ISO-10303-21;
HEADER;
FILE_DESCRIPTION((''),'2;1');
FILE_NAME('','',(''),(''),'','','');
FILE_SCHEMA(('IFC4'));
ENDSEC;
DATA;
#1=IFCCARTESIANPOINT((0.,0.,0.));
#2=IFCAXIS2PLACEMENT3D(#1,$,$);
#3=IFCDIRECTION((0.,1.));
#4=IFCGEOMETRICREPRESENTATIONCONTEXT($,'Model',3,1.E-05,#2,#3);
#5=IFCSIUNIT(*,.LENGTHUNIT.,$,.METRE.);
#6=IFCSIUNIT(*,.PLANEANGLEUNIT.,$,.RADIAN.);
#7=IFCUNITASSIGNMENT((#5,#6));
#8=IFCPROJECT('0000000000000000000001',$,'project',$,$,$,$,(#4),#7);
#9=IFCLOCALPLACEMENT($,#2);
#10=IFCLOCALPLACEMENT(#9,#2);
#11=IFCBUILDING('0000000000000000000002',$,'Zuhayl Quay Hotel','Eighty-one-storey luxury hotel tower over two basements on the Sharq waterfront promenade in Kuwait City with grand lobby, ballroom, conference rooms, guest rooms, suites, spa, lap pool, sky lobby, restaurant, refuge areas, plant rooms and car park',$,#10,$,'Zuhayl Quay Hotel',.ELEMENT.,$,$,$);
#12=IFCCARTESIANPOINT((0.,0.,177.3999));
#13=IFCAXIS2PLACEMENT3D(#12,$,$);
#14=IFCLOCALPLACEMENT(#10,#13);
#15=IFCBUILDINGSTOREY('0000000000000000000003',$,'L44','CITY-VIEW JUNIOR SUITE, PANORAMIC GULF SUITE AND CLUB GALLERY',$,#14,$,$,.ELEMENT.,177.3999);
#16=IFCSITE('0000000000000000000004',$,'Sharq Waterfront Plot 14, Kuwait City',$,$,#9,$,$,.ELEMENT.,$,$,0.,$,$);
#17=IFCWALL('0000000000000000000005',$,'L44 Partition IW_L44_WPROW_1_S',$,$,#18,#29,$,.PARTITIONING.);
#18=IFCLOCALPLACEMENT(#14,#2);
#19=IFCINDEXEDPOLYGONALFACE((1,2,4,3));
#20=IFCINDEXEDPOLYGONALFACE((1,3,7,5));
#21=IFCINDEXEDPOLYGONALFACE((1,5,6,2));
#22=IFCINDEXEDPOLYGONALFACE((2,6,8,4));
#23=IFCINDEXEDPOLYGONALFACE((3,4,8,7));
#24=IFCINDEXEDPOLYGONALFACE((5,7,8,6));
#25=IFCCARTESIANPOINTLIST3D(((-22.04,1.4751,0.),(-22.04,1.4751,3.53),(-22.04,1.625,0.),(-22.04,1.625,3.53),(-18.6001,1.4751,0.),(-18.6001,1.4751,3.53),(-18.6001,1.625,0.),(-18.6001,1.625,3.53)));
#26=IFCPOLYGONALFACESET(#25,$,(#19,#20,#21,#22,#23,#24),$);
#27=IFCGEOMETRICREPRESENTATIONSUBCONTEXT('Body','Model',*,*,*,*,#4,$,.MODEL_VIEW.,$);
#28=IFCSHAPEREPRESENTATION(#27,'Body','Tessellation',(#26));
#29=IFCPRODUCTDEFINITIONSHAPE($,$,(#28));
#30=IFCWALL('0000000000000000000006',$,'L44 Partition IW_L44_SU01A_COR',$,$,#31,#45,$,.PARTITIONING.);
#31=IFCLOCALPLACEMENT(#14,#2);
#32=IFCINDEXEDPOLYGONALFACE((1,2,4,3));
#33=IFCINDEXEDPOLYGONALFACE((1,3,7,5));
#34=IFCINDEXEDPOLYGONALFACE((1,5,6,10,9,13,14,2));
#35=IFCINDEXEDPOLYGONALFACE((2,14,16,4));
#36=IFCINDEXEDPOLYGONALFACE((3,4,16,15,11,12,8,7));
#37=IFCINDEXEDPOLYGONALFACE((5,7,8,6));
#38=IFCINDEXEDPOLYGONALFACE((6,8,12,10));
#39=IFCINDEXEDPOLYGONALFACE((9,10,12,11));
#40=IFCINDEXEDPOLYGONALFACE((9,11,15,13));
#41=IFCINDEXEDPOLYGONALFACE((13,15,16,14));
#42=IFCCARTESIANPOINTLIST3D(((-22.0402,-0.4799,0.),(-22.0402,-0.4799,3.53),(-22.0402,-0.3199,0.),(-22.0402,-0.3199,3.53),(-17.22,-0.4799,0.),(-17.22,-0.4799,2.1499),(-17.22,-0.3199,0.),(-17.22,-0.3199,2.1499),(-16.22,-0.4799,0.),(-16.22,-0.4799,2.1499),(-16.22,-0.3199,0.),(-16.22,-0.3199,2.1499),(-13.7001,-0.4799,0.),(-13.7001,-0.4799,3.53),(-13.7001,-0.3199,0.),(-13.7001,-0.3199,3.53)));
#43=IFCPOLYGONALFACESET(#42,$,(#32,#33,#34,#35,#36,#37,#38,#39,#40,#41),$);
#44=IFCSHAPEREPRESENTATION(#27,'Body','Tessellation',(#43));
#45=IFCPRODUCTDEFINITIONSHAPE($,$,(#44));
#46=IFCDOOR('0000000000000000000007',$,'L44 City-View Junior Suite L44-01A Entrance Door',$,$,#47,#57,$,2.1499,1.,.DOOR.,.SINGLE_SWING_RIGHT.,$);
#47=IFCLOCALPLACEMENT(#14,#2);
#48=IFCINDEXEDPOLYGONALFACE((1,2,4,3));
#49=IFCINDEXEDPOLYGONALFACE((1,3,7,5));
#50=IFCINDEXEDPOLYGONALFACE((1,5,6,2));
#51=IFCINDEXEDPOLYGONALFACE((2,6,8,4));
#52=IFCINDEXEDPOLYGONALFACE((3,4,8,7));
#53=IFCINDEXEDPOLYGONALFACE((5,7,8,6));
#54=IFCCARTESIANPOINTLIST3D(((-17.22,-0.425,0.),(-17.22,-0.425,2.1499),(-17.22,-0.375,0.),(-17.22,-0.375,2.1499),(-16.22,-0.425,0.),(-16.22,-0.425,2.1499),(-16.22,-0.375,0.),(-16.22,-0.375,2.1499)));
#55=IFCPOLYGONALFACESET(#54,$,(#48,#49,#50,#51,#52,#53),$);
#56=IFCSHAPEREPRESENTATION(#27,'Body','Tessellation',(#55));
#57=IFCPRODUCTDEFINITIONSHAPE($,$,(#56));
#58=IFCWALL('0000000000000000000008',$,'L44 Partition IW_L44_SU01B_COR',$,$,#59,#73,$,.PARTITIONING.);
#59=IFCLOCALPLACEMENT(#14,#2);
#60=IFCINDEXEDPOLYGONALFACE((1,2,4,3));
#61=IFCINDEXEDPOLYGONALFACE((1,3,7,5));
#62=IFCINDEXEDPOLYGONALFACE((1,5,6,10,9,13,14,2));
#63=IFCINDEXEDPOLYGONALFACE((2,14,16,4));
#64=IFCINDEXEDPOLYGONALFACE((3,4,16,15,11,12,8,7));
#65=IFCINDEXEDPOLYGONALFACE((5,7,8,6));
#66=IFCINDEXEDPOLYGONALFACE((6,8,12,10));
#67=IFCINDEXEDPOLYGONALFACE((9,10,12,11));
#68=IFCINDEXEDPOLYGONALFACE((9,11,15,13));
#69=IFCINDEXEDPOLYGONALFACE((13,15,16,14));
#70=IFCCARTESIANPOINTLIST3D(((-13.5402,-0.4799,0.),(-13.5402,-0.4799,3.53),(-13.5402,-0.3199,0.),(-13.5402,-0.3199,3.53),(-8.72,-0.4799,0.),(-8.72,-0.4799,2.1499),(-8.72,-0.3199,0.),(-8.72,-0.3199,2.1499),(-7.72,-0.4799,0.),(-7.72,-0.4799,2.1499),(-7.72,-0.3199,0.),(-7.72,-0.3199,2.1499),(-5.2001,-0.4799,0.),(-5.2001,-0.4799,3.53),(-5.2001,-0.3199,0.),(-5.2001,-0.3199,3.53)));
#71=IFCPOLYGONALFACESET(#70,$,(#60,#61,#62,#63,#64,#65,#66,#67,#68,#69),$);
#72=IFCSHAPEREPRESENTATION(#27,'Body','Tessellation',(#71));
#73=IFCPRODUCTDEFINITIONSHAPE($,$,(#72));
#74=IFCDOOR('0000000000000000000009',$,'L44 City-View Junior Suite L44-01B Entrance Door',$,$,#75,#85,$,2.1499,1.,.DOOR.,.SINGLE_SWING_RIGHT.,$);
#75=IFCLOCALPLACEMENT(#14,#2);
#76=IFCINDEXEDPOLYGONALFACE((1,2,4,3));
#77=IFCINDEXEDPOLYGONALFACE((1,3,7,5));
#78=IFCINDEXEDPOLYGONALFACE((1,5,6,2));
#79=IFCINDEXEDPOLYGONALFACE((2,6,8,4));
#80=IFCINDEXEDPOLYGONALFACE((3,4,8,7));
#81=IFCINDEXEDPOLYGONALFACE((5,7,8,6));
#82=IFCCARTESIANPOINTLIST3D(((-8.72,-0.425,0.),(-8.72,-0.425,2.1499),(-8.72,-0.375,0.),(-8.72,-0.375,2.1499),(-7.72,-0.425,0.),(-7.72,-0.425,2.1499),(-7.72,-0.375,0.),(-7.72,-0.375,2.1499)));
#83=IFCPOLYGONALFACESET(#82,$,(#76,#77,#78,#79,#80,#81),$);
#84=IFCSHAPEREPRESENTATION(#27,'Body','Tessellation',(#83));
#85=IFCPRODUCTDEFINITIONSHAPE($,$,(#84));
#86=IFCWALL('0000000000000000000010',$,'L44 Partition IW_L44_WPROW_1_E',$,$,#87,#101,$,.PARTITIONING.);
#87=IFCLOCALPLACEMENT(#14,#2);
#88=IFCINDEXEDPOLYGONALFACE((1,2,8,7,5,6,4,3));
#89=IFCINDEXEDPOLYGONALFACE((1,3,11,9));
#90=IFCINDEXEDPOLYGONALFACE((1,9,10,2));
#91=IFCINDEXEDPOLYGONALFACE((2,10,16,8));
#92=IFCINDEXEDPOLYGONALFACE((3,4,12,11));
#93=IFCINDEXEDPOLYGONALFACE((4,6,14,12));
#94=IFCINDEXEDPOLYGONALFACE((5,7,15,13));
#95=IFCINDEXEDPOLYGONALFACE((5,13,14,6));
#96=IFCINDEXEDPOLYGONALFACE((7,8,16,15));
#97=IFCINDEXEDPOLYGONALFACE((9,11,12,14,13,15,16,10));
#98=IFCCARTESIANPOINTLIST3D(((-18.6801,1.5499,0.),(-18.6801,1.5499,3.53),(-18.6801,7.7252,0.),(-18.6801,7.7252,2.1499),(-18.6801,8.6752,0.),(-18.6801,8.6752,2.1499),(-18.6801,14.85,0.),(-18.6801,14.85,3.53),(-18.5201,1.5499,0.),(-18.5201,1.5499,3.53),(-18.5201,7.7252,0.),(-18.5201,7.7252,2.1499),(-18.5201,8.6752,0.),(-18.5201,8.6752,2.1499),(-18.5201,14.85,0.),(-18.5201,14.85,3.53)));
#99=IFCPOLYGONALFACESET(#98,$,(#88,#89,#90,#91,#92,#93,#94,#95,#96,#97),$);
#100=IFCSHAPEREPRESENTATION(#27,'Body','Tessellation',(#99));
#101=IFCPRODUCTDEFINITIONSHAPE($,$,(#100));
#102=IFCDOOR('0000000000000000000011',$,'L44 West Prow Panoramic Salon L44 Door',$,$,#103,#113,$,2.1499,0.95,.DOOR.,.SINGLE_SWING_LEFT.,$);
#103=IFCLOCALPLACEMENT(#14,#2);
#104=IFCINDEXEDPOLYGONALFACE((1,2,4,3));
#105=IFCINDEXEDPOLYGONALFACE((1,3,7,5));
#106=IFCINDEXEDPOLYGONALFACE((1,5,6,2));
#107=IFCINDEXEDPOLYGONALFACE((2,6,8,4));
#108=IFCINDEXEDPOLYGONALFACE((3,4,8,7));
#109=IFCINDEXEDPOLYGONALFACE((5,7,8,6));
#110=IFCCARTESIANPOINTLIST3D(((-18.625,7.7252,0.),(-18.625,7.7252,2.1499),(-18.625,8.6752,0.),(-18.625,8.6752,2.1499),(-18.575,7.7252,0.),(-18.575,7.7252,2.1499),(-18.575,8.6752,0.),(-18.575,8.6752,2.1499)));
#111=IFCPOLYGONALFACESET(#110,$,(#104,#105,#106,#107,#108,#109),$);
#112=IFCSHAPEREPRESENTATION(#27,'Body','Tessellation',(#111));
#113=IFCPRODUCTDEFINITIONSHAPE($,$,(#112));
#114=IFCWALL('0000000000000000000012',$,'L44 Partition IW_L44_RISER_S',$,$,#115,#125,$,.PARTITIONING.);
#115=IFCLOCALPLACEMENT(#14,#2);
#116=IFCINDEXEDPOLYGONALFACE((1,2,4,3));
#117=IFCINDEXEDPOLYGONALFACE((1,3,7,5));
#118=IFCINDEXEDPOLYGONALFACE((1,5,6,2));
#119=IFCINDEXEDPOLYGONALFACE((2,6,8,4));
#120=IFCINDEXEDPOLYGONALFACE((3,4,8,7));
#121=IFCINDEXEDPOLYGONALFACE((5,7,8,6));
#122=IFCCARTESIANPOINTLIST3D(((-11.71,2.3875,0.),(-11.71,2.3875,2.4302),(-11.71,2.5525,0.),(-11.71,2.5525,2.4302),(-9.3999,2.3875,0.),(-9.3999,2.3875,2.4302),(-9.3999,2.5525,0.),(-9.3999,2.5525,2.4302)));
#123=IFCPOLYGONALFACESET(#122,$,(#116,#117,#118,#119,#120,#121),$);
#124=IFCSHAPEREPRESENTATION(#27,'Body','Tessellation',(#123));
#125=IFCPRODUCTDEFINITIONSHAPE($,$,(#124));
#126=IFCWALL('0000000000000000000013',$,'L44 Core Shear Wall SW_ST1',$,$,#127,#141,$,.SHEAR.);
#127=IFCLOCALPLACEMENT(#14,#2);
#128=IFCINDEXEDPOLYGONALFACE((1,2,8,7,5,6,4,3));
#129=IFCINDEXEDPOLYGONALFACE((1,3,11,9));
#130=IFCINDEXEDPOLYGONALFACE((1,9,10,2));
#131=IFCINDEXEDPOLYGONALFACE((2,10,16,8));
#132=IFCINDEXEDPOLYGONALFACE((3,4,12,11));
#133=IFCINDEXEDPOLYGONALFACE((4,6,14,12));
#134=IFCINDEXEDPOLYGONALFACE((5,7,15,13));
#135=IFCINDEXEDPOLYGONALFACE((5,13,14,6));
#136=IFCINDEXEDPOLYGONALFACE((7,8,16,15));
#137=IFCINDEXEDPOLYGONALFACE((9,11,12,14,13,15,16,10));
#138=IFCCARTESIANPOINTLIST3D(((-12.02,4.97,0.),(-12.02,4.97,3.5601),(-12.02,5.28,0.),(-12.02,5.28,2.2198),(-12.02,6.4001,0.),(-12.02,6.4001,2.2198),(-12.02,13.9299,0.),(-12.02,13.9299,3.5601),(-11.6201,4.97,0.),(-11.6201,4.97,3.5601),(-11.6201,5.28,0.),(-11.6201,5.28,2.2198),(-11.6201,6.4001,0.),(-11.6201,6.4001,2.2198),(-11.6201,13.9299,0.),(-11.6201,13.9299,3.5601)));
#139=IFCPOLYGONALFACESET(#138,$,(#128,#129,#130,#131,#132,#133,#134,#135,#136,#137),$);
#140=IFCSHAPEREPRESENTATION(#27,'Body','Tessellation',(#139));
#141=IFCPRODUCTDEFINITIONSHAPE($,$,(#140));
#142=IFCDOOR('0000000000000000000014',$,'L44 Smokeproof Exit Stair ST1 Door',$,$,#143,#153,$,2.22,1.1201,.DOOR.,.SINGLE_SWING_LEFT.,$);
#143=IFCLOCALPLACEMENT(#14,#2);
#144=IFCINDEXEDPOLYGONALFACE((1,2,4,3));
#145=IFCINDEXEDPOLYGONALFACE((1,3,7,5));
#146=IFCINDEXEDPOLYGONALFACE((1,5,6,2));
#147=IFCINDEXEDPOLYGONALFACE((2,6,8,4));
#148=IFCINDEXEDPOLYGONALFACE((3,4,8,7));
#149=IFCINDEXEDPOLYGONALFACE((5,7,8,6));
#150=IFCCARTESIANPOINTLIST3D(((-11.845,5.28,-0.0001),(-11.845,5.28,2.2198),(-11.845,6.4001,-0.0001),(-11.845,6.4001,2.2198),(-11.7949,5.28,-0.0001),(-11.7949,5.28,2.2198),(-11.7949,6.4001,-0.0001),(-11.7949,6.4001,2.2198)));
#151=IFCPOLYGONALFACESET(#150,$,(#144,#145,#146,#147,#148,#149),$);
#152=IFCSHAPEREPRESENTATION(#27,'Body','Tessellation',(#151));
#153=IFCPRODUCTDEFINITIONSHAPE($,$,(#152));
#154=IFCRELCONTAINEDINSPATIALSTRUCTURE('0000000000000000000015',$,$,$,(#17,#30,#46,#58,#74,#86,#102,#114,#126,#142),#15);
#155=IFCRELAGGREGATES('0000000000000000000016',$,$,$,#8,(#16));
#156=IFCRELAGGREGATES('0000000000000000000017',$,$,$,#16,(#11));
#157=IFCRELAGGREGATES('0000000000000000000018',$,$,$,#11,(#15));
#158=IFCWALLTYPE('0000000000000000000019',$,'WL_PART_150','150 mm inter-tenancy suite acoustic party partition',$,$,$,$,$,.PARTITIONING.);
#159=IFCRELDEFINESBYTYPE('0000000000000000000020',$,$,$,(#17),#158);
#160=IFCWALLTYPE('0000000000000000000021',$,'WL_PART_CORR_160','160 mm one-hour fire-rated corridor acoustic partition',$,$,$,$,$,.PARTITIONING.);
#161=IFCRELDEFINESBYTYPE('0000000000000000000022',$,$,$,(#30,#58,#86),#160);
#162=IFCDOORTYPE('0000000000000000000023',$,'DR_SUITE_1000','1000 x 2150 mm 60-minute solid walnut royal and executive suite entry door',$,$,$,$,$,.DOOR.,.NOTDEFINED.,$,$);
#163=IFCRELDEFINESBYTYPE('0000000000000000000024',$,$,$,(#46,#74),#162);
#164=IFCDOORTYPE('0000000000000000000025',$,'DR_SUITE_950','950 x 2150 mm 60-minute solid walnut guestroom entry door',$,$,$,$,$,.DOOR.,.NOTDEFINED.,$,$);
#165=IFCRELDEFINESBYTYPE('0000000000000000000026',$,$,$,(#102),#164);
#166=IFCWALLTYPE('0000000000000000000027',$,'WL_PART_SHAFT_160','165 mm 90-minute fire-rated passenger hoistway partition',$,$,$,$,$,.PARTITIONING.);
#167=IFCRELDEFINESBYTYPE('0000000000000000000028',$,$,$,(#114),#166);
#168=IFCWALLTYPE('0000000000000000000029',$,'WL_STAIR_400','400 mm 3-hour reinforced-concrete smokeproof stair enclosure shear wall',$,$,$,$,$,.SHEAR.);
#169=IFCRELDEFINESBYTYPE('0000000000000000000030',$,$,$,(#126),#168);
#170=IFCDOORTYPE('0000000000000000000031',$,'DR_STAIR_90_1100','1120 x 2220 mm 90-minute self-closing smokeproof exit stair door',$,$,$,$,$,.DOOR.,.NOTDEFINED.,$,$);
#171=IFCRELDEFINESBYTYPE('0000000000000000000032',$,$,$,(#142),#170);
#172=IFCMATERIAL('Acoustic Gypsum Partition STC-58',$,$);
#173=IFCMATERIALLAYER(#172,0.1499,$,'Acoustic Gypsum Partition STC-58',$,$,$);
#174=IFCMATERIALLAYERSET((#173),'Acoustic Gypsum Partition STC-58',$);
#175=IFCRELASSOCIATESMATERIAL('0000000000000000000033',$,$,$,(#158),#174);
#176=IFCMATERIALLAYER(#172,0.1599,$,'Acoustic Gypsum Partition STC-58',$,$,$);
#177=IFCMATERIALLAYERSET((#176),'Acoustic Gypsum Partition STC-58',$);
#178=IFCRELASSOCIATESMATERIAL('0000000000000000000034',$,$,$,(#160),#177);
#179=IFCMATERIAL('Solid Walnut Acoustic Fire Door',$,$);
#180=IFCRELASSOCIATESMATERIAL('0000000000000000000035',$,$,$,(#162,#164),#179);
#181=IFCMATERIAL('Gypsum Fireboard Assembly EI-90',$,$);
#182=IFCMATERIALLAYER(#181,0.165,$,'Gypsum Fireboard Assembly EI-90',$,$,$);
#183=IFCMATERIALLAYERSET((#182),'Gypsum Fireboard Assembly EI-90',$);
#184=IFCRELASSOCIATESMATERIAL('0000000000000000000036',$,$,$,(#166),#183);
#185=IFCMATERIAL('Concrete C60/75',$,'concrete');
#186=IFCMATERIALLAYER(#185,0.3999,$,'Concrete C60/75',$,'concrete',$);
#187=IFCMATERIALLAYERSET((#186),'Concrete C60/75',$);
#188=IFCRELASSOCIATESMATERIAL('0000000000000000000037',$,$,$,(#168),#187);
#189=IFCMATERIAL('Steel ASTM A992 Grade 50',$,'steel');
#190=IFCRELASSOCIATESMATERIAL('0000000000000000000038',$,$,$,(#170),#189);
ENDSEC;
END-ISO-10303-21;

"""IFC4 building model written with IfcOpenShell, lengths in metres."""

from ifc_helpers import new_model, si_unit, direction, frame, frame_2d, origin, place, context, subcontext, project, spatial, rectangle, extrude, material, layer, layer_set, type_object, element, fill, save


model = new_model("IFC4")

# Units and contexts
model_context = context("Model", 3, precision=1e-05, world=origin(), true_north=direction((0.0, 1.0)))
body_context = subcontext(model_context, "Body", "Model", "MODEL_VIEW")
ifc_project = project(units=[si_unit("LENGTHUNIT", "METRE"), si_unit("PLANEANGLEUNIT", "RADIAN")], contexts=[model_context])

# Site, building, storey
site_placement = place(None, origin())
site = spatial("IfcSite", under=ifc_project, at=site_placement, Name="Sharq Waterfront Plot 14, Kuwait City", CompositionType="ELEMENT", RefElevation=0.0)
building_placement = place(site_placement, origin())
building = spatial("IfcBuilding", under=site, at=building_placement, Name="Zuhayl Quay Hotel", Description="Eighty-one-storey luxury hotel tower over two basements on the Sharq waterfront promenade in Kuwait City with grand lobby, ballroom, conference rooms, guest rooms, suites, spa, lap pool, sky lobby, restaurant, refuge areas, plant rooms and car park", LongName="Zuhayl Quay Hotel", CompositionType="ELEMENT")
storey_placement = place(building_placement, frame((0.0, 0.0, 177.3999)))
storey = spatial("IfcBuildingStorey", under=building, at=storey_placement, Name="L44", Description="CITY-VIEW JUNIOR SUITE, PANORAMIC GULF SUITE AND CLUB GALLERY", CompositionType="ELEMENT", Elevation=177.3999)

# Shared definitions
ifc_material_1 = material(Name="Concrete C60/75", Category="concrete")

# Shared definitions
ifc_material_2 = material(Name="Steel ASTM A992 Grade 50", Category="steel")

# Wall
ifc_material_3 = material(Name="Acoustic Gypsum Partition STC-58")
ifc_layer_1 = layer(ifc_material_3, 0.1499, Name="Acoustic Gypsum Partition STC-58")
ifc_layer_set_1 = layer_set([ifc_layer_1], Name="Acoustic Gypsum Partition STC-58")
wall_type_1 = type_object("IfcWallType", Name="WL_PART_150", Description="150 mm inter-tenancy suite acoustic party partition", PredefinedType="PARTITIONING", material=ifc_layer_set_1)
wall_1_placement = place(storey_placement, frame((-22.04, 1.55, 0.0), z_axis=(0.0, 0.0, 1.0), x_axis=(1.0, 0.0, 0.0)))
element("IfcWall", 1, at=wall_1_placement, inside=storey, type_object=wall_type_1, Name="L44 Partition IW_L44_WPROW_1_S", PredefinedType="PARTITIONING", context=body_context, shape_type="SweptSolid", body=[
    extrude(rectangle(XDim=3.4399, YDim=0.1499, at=frame_2d((1.72, 0.0))), origin(), (0.0, 0.0, 1.0), 3.53),
])

# Walls, openings, doors
ifc_layer_2 = layer(ifc_material_3, 0.1599, Name="Acoustic Gypsum Partition STC-58")
ifc_layer_set_2 = layer_set([ifc_layer_2], Name="Acoustic Gypsum Partition STC-58")
wall_type_2 = type_object("IfcWallType", Name="WL_PART_CORR_160", Description="160 mm one-hour fire-rated corridor acoustic partition", PredefinedType="PARTITIONING", material=ifc_layer_set_2)
wall_2_placement = place(storey_placement, frame((-22.04, -0.3999, 0.0), z_axis=(0.0, 0.0, 1.0), x_axis=(1.0, 0.0, 0.0)))
wall_2 = element("IfcWall", 2, at=wall_2_placement, inside=storey, type_object=wall_type_2, Name="L44 Partition IW_L44_SU01A_COR", PredefinedType="PARTITIONING", context=body_context, shape_type="SweptSolid", body=[
    extrude(rectangle(XDim=8.3401, YDim=0.1599, at=frame_2d((4.1699, 0.0))), origin(), (0.0, 0.0, 1.0), 3.53),
])
opening_1_placement = place(wall_2_placement, frame((4.8201, 0.0, 0.0)))
opening_1 = element("IfcOpeningElement", 3, at=opening_1_placement, cuts=wall_2, PredefinedType="OPENING", context=body_context, shape_type="SweptSolid", body=[
    extrude(rectangle(XDim=1.0, YDim=2.1499, at=frame_2d((0.5, 1.075))), frame((0.0, 0.0898, 0.0), z_axis=(0.0, -1.0, 0.0), x_axis=(1.0, 0.0, 0.0)), (0.0, 0.0, 1.0), 0.1799),
])
ifc_material_4 = material(Name="Solid Walnut Acoustic Fire Door")
door_type_1 = type_object("IfcDoorType", Name="DR_SUITE_1000", Description="1000 x 2150 mm 60-minute solid walnut royal and executive suite entry door", OperationType="NOTDEFINED", PredefinedType="DOOR", material=ifc_material_4)
door_1_placement = place(opening_1_placement, origin())
door_1 = element("IfcDoor", 4, at=door_1_placement, inside=storey, type_object=door_type_1, Name="L44 City-View Junior Suite L44-01A Entrance Door", OperationType="SINGLE_SWING_RIGHT", OverallHeight=2.1499, OverallWidth=1.0, PredefinedType="DOOR", context=body_context, shape_type="SweptSolid", body=[
    extrude(rectangle(XDim=1.0, YDim=2.1499, at=frame_2d((0.5, 1.075))), frame((0.0, 0.0249, 0.0), z_axis=(0.0, -1.0, 0.0), x_axis=(1.0, 0.0, 0.0)), (0.0, 0.0, 1.0), 0.05),
])
fill(opening_1, door_1)
wall_3_placement = place(storey_placement, frame((-13.54, -0.3999, 0.0), z_axis=(0.0, 0.0, 1.0), x_axis=(1.0, 0.0, 0.0)))
wall_3 = element("IfcWall", 5, at=wall_3_placement, inside=storey, type_object=wall_type_2, Name="L44 Partition IW_L44_SU01B_COR", PredefinedType="PARTITIONING", context=body_context, shape_type="SweptSolid", body=[
    extrude(rectangle(XDim=8.3401, YDim=0.1599, at=frame_2d((4.1699, 0.0))), origin(), (0.0, 0.0, 1.0), 3.53),
])
opening_2_placement = place(wall_3_placement, frame((4.8201, 0.0, 0.0)))
opening_2 = element("IfcOpeningElement", 6, at=opening_2_placement, cuts=wall_3, PredefinedType="OPENING", context=body_context, shape_type="SweptSolid", body=[
    extrude(rectangle(XDim=1.0, YDim=2.1499, at=frame_2d((0.5, 1.075))), frame((0.0, 0.0898, 0.0), z_axis=(0.0, -1.0, 0.0), x_axis=(1.0, 0.0, 0.0)), (0.0, 0.0, 1.0), 0.1799),
])
door_2_placement = place(opening_2_placement, origin())
door_2 = element("IfcDoor", 7, at=door_2_placement, inside=storey, type_object=door_type_1, Name="L44 City-View Junior Suite L44-01B Entrance Door", OperationType="SINGLE_SWING_RIGHT", OverallHeight=2.1499, OverallWidth=1.0, PredefinedType="DOOR", context=body_context, shape_type="SweptSolid", body=[
    extrude(rectangle(XDim=1.0, YDim=2.1499, at=frame_2d((0.5, 1.075))), frame((0.0, 0.0249, 0.0), z_axis=(0.0, -1.0, 0.0), x_axis=(1.0, 0.0, 0.0)), (0.0, 0.0, 1.0), 0.05),
])
fill(opening_2, door_2)
wall_4_placement = place(storey_placement, frame((-18.6001, 1.55, 0.0), z_axis=(0.0, 0.0, 1.0), x_axis=(0.0, 1.0, 0.0)))
wall_4 = element("IfcWall", 8, at=wall_4_placement, inside=storey, type_object=wall_type_2, Name="L44 Partition IW_L44_WPROW_1_E", PredefinedType="PARTITIONING", context=body_context, shape_type="SweptSolid", body=[
    extrude(rectangle(XDim=13.3, YDim=0.1599, at=frame_2d((6.6499, 0.0))), origin(), (0.0, 0.0, 1.0), 3.53),
])
opening_3_placement = place(wall_4_placement, frame((6.175, 0.0, 0.0)))
opening_3 = element("IfcOpeningElement", 9, at=opening_3_placement, cuts=wall_4, PredefinedType="OPENING", context=body_context, shape_type="SweptSolid", body=[
    extrude(rectangle(XDim=0.95, YDim=2.1499, at=frame_2d((0.4751, 1.075))), frame((0.0, 0.0898, 0.0), z_axis=(0.0, -1.0, 0.0), x_axis=(1.0, 0.0, 0.0)), (0.0, 0.0, 1.0), 0.1799),
])
door_type_2 = type_object("IfcDoorType", Name="DR_SUITE_950", Description="950 x 2150 mm 60-minute solid walnut guestroom entry door", OperationType="NOTDEFINED", PredefinedType="DOOR", material=ifc_material_4)
door_3_placement = place(opening_3_placement, origin())
door_3 = element("IfcDoor", 10, at=door_3_placement, inside=storey, type_object=door_type_2, Name="L44 West Prow Panoramic Salon L44 Door", OperationType="SINGLE_SWING_LEFT", OverallHeight=2.1499, OverallWidth=0.95, PredefinedType="DOOR", context=body_context, shape_type="SweptSolid", body=[
    extrude(rectangle(XDim=0.95, YDim=2.1499, at=frame_2d((0.4751, 1.075))), frame((0.0, 0.0249, 0.0), z_axis=(0.0, -1.0, 0.0), x_axis=(1.0, 0.0, 0.0)), (0.0, 0.0, 1.0), 0.05),
])
fill(opening_3, door_3)

# Wall
ifc_material_5 = material(Name="Gypsum Fireboard Assembly EI-90")
ifc_layer_3 = layer(ifc_material_5, 0.165, Name="Gypsum Fireboard Assembly EI-90")
ifc_layer_set_3 = layer_set([ifc_layer_3], Name="Gypsum Fireboard Assembly EI-90")
wall_type_3 = type_object("IfcWallType", Name="WL_PART_SHAFT_160", Description="165 mm 90-minute fire-rated passenger hoistway partition", PredefinedType="PARTITIONING", material=ifc_layer_set_3)
wall_5_placement = place(storey_placement, frame((-11.71, 2.47, 0.0), z_axis=(0.0, 0.0, 1.0), x_axis=(1.0, 0.0, 0.0)))
element("IfcWall", 11, at=wall_5_placement, inside=storey, type_object=wall_type_3, Name="L44 Partition IW_L44_RISER_S", PredefinedType="PARTITIONING", context=body_context, shape_type="SweptSolid", body=[
    extrude(rectangle(XDim=2.3101, YDim=0.165, at=frame_2d((1.155, 0.0))), origin(), (0.0, 0.0, 1.0), 2.4302),
])

# Wall, opening, door
ifc_layer_4 = layer(ifc_material_1, 0.3999, Name="Concrete C60/75", Category="concrete")
ifc_layer_set_4 = layer_set([ifc_layer_4], Name="Concrete C60/75")
wall_type_4 = type_object("IfcWallType", Name="WL_STAIR_400", Description="400 mm 3-hour reinforced-concrete smokeproof stair enclosure shear wall", PredefinedType="SHEAR", material=ifc_layer_set_4)
wall_6_placement = place(storey_placement, frame((-11.8201, 4.97, 0.0), z_axis=(0.0, 0.0, 1.0), x_axis=(0.0, 1.0, 0.0)))
wall_6 = element("IfcWall", 12, at=wall_6_placement, inside=storey, type_object=wall_type_4, Name="L44 Core Shear Wall SW_ST1", PredefinedType="SHEAR", context=body_context, shape_type="SweptSolid", body=[
    extrude(rectangle(XDim=8.96, YDim=0.3999, at=frame_2d((4.48, 0.0))), origin(), (0.0, 0.0, 1.0), 3.5601),
])
opening_4_placement = place(wall_6_placement, frame((0.3101, 0.0, 0.0)))
opening_4 = element("IfcOpeningElement", 13, at=opening_4_placement, cuts=wall_6, PredefinedType="OPENING", context=body_context, shape_type="SweptSolid", body=[
    extrude(rectangle(XDim=1.1201, YDim=2.22, at=frame_2d((0.5601, 1.1099))), frame((0.0, 0.21, 0.0), z_axis=(0.0, -1.0, 0.0), x_axis=(1.0, 0.0, 0.0)), (0.0, 0.0, 1.0), 0.4199),
])
door_type_3 = type_object("IfcDoorType", Name="DR_STAIR_90_1100", Description="1120 x 2220 mm 90-minute self-closing smokeproof exit stair door", OperationType="NOTDEFINED", PredefinedType="DOOR", material=ifc_material_2)
door_4_placement = place(opening_4_placement, origin())
door_4 = element("IfcDoor", 14, at=door_4_placement, inside=storey, type_object=door_type_3, Name="L44 Smokeproof Exit Stair ST1 Door", OperationType="SINGLE_SWING_LEFT", OverallHeight=2.22, OverallWidth=1.1201, PredefinedType="DOOR", context=body_context, shape_type="SweptSolid", body=[
    extrude(rectangle(XDim=1.1201, YDim=2.22, at=frame_2d((0.5601, 1.1099))), frame((0.0, 0.0249, 0.0), z_axis=(0.0, -1.0, 0.0), x_axis=(1.0, 0.0, 0.0)), (0.0, 0.0, 1.0), 0.05),
])
fill(opening_4, door_4)

save(model, "model.ifc")
